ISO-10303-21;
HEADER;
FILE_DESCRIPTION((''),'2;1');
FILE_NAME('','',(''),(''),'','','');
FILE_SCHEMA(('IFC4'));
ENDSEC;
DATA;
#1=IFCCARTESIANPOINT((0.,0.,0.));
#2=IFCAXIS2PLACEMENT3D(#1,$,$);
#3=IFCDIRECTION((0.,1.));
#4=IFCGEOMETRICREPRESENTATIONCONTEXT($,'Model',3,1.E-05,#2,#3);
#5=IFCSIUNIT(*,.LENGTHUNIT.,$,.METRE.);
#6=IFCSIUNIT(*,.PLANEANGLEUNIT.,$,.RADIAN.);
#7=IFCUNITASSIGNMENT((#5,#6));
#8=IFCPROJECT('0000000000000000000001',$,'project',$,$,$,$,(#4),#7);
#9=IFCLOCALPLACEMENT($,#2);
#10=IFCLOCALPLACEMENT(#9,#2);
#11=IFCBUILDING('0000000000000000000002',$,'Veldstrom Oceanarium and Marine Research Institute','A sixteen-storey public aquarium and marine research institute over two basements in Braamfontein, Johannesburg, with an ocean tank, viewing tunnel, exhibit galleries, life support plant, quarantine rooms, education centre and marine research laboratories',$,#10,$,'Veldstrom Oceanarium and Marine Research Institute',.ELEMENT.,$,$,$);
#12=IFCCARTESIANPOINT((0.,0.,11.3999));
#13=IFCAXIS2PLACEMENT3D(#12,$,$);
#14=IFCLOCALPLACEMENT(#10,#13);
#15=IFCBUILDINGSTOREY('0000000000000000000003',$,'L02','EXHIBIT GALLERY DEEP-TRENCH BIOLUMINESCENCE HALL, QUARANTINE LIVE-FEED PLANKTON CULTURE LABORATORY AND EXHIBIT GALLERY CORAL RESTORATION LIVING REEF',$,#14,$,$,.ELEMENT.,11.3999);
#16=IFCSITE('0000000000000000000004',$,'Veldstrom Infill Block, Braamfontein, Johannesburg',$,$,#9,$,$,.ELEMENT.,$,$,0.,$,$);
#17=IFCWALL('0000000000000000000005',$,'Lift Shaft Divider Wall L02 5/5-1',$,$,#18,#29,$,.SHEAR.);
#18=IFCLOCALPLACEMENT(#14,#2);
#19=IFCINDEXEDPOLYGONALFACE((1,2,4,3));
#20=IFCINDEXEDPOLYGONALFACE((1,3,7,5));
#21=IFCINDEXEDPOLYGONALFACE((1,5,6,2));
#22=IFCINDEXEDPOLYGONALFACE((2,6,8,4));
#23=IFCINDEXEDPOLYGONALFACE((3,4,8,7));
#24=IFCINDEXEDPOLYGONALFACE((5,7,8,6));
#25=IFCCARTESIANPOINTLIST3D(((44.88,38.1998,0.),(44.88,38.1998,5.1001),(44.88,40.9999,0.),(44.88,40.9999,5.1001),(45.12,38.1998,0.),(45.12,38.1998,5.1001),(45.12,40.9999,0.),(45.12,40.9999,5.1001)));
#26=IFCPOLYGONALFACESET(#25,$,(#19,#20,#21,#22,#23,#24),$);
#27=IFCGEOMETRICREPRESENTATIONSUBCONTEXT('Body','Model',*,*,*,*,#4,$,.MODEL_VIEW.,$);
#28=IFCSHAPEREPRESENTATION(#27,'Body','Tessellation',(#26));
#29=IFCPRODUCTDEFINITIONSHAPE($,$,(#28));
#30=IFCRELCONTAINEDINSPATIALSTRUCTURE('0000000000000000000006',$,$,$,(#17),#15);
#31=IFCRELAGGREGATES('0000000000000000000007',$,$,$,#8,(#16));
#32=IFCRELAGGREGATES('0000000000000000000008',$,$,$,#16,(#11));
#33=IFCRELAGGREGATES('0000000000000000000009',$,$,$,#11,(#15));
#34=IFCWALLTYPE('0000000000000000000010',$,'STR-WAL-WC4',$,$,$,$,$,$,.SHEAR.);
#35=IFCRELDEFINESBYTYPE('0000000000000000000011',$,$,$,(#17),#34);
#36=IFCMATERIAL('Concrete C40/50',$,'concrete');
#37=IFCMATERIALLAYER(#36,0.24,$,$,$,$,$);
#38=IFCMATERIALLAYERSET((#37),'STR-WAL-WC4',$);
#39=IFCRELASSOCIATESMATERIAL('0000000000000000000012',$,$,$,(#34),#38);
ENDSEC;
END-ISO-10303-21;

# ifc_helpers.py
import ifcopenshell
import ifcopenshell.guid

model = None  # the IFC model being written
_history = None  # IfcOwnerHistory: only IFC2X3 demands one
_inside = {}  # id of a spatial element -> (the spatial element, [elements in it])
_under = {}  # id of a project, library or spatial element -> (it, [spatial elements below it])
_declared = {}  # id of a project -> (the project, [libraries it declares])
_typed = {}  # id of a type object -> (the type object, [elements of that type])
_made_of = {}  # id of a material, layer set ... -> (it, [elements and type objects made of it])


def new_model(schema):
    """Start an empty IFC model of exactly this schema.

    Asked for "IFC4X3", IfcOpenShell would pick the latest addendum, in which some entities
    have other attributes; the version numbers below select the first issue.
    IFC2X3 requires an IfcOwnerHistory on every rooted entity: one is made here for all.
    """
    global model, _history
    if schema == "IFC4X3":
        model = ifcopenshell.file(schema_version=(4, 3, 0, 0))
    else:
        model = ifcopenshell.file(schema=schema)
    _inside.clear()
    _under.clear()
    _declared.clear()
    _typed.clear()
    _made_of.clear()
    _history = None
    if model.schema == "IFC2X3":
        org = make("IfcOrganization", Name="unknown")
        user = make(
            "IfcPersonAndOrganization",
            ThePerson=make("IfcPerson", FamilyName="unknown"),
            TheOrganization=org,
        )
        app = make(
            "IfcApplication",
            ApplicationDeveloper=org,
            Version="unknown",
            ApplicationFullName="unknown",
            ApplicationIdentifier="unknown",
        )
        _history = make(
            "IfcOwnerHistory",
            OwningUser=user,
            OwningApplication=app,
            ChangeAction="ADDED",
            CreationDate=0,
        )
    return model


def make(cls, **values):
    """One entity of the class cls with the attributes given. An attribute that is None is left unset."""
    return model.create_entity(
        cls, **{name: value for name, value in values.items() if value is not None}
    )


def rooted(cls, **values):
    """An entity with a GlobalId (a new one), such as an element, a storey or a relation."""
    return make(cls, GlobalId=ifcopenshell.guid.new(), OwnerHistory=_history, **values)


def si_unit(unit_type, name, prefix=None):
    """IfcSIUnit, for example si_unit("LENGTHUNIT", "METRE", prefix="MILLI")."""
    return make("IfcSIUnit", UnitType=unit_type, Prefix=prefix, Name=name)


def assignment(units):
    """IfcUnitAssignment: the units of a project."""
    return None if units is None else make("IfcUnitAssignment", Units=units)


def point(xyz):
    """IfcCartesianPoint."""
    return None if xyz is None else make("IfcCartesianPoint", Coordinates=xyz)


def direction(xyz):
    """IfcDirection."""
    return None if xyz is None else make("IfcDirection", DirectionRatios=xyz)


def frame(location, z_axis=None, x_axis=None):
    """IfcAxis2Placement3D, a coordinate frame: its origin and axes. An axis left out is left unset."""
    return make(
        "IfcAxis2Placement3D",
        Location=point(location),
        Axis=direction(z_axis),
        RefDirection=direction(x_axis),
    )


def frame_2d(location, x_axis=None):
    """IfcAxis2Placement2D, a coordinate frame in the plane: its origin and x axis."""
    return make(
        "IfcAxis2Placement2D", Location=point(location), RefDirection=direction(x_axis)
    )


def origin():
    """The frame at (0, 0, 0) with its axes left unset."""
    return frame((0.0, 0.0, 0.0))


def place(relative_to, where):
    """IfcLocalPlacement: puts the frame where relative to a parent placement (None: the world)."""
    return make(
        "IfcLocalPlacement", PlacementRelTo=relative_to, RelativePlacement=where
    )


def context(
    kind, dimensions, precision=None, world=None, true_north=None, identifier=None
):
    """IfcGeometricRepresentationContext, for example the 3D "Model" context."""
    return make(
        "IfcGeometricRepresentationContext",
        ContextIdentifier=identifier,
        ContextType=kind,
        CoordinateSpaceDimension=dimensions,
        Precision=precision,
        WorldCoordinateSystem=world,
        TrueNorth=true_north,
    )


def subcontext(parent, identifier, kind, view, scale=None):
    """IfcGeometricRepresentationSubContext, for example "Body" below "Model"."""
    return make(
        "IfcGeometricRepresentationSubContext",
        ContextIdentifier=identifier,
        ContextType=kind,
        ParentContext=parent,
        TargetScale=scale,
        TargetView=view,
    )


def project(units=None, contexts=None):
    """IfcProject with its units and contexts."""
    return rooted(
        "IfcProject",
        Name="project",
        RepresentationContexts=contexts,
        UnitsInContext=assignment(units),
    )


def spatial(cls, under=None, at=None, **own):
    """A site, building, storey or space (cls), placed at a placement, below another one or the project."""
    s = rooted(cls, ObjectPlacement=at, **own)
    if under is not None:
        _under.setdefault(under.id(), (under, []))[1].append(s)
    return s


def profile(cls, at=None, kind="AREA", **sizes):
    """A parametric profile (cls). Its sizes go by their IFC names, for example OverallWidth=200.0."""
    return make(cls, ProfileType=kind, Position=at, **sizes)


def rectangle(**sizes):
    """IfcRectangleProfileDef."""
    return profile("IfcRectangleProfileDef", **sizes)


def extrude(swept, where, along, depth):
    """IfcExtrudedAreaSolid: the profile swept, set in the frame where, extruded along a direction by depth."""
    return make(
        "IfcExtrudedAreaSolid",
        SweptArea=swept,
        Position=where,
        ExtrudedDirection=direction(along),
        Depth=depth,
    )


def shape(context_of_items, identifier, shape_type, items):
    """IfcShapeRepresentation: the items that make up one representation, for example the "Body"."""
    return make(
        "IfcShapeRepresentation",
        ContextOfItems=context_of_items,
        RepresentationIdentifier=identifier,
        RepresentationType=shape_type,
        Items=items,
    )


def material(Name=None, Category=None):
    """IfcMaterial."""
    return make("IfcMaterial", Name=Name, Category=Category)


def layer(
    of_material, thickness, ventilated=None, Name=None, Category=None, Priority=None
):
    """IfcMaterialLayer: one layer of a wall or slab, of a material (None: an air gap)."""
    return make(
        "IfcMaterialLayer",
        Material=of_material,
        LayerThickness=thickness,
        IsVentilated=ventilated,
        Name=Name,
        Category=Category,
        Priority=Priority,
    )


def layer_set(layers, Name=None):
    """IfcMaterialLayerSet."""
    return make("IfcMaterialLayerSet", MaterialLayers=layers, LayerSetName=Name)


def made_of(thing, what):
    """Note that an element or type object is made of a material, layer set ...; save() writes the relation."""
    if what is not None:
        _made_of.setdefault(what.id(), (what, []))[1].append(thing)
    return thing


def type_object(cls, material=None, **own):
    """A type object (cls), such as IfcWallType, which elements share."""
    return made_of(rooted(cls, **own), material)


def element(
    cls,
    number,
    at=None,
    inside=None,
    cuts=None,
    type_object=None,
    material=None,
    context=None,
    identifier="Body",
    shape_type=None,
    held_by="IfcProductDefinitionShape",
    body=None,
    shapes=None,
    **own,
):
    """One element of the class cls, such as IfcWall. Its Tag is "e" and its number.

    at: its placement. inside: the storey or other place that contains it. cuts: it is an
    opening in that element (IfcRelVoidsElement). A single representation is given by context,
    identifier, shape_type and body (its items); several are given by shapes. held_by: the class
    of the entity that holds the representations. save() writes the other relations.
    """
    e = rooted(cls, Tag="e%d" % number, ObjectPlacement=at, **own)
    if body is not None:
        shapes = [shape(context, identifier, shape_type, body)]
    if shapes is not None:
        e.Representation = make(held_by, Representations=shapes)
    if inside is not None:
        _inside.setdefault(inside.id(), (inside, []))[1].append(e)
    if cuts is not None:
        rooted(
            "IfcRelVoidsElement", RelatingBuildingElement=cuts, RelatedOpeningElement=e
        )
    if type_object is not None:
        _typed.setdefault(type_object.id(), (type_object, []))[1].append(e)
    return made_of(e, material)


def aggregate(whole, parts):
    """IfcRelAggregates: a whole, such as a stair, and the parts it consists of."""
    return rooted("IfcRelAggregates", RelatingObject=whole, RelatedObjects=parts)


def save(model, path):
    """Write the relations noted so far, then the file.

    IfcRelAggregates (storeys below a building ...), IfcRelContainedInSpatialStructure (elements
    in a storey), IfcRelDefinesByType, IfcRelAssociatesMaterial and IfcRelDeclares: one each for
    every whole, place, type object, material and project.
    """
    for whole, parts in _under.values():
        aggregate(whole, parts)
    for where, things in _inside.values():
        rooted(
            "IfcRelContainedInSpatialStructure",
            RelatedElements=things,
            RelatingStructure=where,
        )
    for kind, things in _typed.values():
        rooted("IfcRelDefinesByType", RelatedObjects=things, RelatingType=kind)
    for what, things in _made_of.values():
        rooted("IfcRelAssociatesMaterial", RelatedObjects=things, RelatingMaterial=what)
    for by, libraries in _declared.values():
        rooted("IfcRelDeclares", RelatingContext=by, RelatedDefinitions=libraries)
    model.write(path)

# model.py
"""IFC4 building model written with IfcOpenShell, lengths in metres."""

from ifc_helpers import new_model, si_unit, direction, frame, frame_2d, origin, place, context, subcontext, project, spatial, rectangle, extrude, material, layer, layer_set, type_object, element, save


model = new_model("IFC4")

# Units and contexts
model_context = context("Model", 3, precision=1e-05, world=origin(), true_north=direction((0.0, 1.0)))
body_context = subcontext(model_context, "Body", "Model", "MODEL_VIEW")
ifc_project = project(units=[si_unit("LENGTHUNIT", "METRE"), si_unit("PLANEANGLEUNIT", "RADIAN")], contexts=[model_context])

# Site, building, storey
site_placement = place(None, origin())
site = spatial("IfcSite", under=ifc_project, at=site_placement, Name="Veldstrom Infill Block, Braamfontein, Johannesburg", CompositionType="ELEMENT", RefElevation=0.0)
building_placement = place(site_placement, origin())
building = spatial("IfcBuilding", under=site, at=building_placement, Name="Veldstrom Oceanarium and Marine Research Institute", Description="A sixteen-storey public aquarium and marine research institute over two basements in Braamfontein, Johannesburg, with an ocean tank, viewing tunnel, exhibit galleries, life support plant, quarantine rooms, education centre and marine research laboratories", LongName="Veldstrom Oceanarium and Marine Research Institute", CompositionType="ELEMENT")
storey_placement = place(building_placement, frame((0.0, 0.0, 11.3999)))
storey = spatial("IfcBuildingStorey", under=building, at=storey_placement, Name="L02", Description="EXHIBIT GALLERY DEEP-TRENCH BIOLUMINESCENCE HALL, QUARANTINE LIVE-FEED PLANKTON CULTURE LABORATORY AND EXHIBIT GALLERY CORAL RESTORATION LIVING REEF", CompositionType="ELEMENT", Elevation=11.3999)

# Wall
ifc_material_1 = material(Name="Concrete C40/50", Category="concrete")
ifc_layer_1 = layer(ifc_material_1, 0.24)
ifc_layer_set_1 = layer_set([ifc_layer_1], Name="STR-WAL-WC4")
wall_type_1 = type_object("IfcWallType", Name="STR-WAL-WC4", PredefinedType="SHEAR", material=ifc_layer_set_1)
wall_1_placement = place(storey_placement, frame((45.0, 38.2, 0.0), z_axis=(0.0, 0.0, 1.0), x_axis=(0.0, 1.0, 0.0)))
element("IfcWall", 1, at=wall_1_placement, inside=storey, type_object=wall_type_1, Name="Lift Shaft Divider Wall L02 5/5-1", PredefinedType="SHEAR", context=body_context, shape_type="SweptSolid", body=[
    extrude(rectangle(XDim=2.8, YDim=0.24, at=frame_2d((1.3999, 0.0))), origin(), (0.0, 0.0, 1.0), 5.1001),
])

save(model, "model.ifc")
